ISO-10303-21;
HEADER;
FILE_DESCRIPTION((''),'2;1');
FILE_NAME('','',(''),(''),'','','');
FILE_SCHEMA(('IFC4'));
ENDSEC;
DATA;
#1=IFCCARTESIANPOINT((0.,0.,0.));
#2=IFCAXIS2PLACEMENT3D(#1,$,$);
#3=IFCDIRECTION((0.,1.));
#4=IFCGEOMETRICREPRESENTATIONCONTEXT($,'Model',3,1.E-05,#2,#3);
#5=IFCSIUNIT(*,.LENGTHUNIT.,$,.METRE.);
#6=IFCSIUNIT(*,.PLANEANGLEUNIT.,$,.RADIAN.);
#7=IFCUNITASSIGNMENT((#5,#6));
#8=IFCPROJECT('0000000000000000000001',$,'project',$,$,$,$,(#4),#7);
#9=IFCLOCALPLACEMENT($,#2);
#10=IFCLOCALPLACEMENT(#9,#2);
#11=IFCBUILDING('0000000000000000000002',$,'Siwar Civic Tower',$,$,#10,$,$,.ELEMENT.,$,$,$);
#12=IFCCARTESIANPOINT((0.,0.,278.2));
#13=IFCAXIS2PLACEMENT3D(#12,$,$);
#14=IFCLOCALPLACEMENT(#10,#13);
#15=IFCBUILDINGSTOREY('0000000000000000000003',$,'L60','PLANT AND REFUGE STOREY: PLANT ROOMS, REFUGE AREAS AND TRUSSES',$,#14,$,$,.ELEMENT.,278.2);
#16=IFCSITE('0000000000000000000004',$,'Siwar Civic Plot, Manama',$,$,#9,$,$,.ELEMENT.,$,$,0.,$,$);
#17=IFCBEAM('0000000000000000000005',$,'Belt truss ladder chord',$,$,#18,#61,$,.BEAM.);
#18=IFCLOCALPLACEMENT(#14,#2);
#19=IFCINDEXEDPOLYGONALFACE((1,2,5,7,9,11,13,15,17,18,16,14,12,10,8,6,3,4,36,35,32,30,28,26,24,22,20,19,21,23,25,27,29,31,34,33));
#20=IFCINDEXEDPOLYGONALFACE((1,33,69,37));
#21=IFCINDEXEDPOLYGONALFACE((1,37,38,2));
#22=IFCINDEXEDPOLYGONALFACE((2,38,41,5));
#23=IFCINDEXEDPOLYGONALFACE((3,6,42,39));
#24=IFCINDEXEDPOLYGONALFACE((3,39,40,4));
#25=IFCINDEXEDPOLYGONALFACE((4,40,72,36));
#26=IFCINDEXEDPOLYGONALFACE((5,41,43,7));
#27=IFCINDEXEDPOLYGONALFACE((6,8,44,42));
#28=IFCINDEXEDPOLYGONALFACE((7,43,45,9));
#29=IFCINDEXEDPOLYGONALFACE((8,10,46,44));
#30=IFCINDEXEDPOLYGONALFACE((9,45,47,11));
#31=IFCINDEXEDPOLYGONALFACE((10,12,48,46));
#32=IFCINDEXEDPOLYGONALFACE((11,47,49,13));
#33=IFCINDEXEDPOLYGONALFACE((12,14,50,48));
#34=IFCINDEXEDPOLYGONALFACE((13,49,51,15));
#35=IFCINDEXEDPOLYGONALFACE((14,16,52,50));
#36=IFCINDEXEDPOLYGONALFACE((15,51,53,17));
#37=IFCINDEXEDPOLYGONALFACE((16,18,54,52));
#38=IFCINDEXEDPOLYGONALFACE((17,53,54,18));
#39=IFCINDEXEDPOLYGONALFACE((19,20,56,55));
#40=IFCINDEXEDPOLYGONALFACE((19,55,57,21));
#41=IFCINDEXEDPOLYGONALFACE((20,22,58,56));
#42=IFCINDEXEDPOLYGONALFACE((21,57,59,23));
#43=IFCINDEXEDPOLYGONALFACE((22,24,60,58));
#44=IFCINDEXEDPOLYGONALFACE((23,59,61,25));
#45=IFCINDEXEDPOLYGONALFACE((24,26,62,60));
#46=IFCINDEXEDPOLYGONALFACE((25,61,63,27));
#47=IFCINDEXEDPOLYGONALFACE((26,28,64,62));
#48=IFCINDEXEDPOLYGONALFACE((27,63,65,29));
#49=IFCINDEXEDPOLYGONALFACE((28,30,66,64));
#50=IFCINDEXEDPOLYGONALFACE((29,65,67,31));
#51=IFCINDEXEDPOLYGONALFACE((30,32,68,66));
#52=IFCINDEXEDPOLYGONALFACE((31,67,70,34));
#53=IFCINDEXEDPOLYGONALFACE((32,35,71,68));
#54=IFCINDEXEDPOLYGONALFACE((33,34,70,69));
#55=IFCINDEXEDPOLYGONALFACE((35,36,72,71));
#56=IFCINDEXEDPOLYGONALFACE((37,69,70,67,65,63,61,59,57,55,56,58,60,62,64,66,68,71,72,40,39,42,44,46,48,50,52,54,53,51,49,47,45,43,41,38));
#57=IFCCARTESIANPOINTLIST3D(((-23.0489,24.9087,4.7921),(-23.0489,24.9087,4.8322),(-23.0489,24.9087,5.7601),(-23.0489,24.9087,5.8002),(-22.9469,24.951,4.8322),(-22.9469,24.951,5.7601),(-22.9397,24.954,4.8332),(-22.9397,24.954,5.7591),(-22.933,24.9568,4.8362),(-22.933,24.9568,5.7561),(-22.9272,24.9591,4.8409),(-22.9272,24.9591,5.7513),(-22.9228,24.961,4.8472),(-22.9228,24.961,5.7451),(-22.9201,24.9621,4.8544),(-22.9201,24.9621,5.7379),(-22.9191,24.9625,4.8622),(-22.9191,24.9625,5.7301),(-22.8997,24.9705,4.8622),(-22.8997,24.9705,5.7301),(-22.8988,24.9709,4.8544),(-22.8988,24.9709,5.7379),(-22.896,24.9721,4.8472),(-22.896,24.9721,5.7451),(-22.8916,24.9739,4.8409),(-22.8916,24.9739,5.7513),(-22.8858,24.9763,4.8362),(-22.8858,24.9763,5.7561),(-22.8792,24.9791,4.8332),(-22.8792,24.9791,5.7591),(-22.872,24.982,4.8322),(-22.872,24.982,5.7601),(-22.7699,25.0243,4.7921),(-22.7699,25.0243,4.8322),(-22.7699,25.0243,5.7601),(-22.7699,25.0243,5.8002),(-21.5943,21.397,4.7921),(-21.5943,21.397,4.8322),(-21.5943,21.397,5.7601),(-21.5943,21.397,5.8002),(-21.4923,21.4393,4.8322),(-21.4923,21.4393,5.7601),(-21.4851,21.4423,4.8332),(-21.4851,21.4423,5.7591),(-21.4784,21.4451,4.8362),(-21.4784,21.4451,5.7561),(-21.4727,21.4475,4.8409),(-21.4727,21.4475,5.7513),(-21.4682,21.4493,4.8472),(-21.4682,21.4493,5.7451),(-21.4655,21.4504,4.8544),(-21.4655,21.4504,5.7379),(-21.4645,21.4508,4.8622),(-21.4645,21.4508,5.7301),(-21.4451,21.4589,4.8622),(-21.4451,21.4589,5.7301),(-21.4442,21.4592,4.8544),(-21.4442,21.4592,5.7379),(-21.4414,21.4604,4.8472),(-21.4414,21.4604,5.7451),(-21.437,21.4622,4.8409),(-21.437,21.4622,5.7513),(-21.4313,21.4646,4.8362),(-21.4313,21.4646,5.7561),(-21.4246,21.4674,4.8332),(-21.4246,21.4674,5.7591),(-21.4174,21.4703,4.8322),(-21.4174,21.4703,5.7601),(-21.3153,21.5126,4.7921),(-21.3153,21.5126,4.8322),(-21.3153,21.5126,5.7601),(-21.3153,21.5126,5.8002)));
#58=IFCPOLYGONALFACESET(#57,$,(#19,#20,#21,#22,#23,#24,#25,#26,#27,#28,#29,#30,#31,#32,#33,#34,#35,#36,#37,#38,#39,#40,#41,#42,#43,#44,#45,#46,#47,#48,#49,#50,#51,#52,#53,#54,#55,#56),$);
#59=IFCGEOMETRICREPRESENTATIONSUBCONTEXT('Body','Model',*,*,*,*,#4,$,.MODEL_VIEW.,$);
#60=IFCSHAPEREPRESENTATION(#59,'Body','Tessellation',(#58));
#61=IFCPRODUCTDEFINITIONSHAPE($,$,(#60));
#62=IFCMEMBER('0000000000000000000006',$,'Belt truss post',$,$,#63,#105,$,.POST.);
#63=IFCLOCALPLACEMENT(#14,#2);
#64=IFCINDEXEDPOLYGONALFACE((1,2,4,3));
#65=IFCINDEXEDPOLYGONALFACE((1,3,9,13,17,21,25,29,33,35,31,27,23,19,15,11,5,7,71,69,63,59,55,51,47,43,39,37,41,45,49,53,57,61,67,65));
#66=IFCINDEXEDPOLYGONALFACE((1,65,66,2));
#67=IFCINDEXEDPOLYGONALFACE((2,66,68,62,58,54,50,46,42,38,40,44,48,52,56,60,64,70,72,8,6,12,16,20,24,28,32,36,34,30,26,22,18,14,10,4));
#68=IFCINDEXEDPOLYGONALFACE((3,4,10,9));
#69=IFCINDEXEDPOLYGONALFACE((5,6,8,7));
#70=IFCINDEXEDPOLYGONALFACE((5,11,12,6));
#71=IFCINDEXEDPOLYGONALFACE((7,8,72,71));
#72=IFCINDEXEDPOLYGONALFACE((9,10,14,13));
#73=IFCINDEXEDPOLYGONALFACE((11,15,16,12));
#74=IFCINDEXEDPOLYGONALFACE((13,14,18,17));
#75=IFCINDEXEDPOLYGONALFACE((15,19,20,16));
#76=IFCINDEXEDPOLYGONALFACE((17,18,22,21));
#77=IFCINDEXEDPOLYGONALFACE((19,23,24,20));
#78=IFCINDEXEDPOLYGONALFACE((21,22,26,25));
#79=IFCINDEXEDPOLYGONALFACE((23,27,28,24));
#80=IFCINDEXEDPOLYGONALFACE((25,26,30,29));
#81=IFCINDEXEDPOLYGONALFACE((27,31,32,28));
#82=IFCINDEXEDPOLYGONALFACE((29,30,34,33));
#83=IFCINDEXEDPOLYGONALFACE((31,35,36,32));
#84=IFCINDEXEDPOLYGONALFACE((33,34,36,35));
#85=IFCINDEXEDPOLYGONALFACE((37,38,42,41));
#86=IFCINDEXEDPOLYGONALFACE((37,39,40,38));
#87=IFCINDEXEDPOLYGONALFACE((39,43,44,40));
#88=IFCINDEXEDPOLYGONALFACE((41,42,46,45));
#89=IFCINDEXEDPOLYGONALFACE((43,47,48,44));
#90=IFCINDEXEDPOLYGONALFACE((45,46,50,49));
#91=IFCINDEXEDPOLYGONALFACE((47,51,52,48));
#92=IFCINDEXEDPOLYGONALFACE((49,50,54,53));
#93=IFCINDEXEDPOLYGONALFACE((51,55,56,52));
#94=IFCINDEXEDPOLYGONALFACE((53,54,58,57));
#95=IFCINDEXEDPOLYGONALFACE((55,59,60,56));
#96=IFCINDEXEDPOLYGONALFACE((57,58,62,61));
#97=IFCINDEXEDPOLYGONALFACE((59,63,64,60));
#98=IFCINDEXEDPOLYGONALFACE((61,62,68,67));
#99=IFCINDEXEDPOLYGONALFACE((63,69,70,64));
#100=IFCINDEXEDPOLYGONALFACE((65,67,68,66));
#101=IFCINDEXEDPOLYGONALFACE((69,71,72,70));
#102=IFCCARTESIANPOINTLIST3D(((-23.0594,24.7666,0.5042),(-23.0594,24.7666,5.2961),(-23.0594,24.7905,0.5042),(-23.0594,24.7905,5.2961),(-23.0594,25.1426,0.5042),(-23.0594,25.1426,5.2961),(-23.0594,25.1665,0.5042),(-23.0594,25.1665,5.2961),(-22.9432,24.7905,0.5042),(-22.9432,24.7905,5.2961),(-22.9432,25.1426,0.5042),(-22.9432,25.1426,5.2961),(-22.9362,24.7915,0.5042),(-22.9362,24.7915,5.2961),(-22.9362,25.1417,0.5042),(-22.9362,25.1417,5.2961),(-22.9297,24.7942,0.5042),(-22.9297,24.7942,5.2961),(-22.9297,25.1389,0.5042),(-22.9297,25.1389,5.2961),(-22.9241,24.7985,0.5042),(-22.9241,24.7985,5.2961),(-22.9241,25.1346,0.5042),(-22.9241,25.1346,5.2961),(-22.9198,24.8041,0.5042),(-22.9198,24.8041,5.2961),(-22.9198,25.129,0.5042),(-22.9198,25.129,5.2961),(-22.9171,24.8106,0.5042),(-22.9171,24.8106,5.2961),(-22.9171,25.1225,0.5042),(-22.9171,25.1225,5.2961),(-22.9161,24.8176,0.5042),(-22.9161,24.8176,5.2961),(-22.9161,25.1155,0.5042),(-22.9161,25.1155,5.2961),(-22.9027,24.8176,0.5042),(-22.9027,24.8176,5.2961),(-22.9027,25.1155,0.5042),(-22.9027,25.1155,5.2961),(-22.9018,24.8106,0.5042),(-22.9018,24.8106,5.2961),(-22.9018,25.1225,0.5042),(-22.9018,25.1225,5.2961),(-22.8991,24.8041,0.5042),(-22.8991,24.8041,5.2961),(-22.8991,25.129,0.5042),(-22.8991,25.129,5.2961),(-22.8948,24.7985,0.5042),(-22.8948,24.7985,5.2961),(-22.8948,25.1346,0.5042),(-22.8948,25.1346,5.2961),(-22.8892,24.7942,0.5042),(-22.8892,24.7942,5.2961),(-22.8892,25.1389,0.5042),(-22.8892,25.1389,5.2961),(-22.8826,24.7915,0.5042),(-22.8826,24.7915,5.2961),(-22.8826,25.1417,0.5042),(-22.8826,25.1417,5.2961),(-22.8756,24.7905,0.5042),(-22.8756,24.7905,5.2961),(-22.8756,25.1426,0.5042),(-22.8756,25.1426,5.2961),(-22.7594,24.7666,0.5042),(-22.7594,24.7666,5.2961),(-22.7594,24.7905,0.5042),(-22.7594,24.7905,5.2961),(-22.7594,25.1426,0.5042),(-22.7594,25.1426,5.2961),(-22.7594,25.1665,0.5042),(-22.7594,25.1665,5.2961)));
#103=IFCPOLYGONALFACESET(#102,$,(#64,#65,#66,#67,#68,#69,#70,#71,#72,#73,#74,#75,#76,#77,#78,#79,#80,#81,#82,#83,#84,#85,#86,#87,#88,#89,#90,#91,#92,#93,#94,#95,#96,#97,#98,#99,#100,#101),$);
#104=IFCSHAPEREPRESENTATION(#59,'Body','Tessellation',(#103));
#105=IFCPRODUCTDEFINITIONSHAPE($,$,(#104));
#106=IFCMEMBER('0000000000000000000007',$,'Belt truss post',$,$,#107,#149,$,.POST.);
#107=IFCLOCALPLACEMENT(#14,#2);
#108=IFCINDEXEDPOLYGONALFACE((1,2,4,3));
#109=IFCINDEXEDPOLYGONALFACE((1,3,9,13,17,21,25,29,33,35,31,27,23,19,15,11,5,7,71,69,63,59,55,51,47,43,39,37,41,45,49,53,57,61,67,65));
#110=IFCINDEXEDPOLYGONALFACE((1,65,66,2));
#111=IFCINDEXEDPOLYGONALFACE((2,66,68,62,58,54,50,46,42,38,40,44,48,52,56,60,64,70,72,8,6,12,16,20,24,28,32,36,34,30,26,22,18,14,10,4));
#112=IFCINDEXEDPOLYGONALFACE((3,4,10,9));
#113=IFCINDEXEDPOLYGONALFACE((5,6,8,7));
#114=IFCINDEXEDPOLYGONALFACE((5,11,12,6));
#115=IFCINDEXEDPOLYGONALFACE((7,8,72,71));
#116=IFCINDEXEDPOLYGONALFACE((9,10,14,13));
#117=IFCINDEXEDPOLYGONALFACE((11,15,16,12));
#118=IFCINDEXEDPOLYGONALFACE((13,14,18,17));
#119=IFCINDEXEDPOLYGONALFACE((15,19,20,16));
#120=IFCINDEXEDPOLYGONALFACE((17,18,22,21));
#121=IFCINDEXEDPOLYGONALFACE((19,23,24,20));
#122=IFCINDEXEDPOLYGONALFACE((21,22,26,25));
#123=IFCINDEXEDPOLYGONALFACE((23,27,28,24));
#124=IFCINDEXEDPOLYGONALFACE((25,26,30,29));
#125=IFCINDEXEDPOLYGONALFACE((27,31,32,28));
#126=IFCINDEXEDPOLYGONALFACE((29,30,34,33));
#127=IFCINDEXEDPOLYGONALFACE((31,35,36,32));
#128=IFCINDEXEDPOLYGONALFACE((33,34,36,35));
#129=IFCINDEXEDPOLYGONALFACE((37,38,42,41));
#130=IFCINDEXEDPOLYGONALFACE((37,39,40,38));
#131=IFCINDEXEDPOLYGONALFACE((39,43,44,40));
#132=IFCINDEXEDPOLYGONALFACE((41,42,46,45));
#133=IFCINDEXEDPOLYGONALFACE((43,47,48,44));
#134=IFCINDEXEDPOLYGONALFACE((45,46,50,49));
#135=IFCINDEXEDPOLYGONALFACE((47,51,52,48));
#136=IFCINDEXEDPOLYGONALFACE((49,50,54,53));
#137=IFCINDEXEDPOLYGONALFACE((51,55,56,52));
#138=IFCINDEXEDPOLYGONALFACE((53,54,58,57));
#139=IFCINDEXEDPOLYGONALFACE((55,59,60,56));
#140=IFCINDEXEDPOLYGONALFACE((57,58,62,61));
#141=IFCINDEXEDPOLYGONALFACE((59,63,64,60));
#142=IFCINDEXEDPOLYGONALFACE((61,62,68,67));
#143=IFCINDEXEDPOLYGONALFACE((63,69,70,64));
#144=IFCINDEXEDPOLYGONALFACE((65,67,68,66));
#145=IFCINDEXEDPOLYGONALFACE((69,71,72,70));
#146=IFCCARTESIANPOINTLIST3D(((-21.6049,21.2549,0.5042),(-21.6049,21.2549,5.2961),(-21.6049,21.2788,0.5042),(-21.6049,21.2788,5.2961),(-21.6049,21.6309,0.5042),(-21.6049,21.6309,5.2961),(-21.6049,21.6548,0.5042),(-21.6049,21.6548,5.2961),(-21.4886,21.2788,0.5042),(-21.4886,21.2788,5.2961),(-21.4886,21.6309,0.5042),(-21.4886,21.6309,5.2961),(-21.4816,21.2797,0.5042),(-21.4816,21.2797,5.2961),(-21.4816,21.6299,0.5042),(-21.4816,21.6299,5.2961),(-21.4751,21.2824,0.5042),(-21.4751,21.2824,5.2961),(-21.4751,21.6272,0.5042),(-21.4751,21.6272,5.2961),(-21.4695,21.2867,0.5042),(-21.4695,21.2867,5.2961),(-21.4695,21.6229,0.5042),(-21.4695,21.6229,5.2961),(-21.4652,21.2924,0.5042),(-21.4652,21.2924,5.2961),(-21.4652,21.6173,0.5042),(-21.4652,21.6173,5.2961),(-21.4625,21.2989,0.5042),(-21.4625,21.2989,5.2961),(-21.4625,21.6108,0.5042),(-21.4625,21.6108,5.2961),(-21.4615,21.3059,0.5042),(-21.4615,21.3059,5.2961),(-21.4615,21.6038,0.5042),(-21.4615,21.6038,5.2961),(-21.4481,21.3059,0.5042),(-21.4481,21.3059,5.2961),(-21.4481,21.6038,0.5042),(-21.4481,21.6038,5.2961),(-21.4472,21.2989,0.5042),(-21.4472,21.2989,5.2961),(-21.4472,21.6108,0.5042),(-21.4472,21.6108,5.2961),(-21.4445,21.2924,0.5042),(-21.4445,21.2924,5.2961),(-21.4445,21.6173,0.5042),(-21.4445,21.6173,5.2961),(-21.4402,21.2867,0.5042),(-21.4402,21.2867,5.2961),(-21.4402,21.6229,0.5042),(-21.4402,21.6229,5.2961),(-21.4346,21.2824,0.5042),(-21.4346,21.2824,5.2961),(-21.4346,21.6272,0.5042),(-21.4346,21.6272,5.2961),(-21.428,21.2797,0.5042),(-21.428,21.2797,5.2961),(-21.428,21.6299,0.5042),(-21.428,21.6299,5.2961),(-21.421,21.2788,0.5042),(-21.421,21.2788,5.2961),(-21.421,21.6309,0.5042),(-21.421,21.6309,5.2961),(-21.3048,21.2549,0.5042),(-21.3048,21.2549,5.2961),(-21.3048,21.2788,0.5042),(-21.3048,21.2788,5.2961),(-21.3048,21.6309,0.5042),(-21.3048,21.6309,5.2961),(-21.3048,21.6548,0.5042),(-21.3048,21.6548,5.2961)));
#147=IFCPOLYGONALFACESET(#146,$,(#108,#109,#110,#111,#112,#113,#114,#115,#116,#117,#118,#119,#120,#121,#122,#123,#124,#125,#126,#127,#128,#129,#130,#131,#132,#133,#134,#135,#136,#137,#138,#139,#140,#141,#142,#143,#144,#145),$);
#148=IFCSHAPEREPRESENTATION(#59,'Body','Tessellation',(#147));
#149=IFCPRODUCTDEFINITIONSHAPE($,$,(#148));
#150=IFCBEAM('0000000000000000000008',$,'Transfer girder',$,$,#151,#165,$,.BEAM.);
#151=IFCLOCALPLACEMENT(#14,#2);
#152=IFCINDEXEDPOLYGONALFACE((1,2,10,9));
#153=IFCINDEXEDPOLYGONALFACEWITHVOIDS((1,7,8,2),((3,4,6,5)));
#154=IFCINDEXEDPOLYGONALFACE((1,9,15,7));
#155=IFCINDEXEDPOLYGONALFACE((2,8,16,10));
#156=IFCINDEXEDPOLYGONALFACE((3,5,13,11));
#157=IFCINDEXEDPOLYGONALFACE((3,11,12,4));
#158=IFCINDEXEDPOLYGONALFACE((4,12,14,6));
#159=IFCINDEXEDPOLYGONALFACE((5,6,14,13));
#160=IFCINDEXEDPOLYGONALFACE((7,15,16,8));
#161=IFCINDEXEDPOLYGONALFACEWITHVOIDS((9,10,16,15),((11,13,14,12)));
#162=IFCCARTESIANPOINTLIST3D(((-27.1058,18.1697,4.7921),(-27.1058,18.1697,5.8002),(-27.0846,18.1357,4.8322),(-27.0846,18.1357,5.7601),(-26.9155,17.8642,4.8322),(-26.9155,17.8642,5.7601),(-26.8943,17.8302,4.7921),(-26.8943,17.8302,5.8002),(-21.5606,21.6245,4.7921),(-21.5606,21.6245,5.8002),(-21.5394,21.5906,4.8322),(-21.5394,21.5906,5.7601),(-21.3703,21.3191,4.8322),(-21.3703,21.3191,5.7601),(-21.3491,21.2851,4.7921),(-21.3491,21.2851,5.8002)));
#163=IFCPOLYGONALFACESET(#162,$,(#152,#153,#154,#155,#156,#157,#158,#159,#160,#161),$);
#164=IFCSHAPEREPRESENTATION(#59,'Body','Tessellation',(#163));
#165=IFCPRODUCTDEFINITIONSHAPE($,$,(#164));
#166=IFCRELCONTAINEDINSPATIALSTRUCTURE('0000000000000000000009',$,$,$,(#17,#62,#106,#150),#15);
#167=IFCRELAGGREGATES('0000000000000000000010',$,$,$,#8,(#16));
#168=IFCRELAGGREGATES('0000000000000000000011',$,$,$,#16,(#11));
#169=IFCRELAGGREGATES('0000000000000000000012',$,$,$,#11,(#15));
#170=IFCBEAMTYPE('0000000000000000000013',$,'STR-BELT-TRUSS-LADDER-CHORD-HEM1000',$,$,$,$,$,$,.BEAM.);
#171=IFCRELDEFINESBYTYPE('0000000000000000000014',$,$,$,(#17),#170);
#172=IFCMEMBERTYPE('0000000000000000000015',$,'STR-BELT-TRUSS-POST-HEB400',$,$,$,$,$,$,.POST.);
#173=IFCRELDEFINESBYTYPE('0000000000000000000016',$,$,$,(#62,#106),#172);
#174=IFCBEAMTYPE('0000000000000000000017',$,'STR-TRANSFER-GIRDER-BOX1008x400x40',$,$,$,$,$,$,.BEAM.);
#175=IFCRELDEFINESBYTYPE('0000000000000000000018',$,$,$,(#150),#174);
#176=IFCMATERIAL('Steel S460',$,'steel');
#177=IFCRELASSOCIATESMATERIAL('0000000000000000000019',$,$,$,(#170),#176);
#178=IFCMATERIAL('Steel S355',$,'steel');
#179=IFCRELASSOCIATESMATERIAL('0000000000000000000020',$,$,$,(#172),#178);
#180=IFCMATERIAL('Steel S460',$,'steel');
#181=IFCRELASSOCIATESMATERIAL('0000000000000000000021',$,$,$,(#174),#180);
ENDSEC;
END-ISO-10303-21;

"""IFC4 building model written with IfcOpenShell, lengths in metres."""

from ifc_helpers import new_model, si_unit, direction, frame, origin, origin_2d, place, context, subcontext, project, spatial, hollow_rectangle, i_section, extrude, material, material_profile, profile_set, type_object, element, save


model = new_model("IFC4")

# Units and contexts
model_context = context("Model", 3, precision=1e-05, world=origin(), true_north=direction((0.0, 1.0)))
body_context = subcontext(model_context, "Body", "Model", "MODEL_VIEW")
ifc_project = project(units=[si_unit("LENGTHUNIT", "METRE"), si_unit("PLANEANGLEUNIT", "RADIAN")], contexts=[model_context])

# Site, building, storey
site_placement = place(None, origin())
site = spatial("IfcSite", under=ifc_project, at=site_placement, Name="Siwar Civic Plot, Manama", CompositionType="ELEMENT", RefElevation=0.0)
building_placement = place(site_placement, origin())
building = spatial("IfcBuilding", under=site, at=building_placement, Name="Siwar Civic Tower", CompositionType="ELEMENT")
storey_placement = place(building_placement, frame((0.0, 0.0, 278.2)))
storey = spatial("IfcBuildingStorey", under=building, at=storey_placement, Name="L60", Description="PLANT AND REFUGE STOREY: PLANT ROOMS, REFUGE AREAS AND TRUSSES", CompositionType="ELEMENT", Elevation=278.2)

# Beam
ifc_material_1 = material(Name="Steel S460", Category="steel")
ifc_material_profile_1 = material_profile(ifc_material_1, i_section(OverallWidth=0.302, OverallDepth=1.0081, WebThickness=0.021, FlangeThickness=0.04, FilletRadius=0.03, at=origin_2d()), Name="HEM1000")
ifc_profile_set_1 = profile_set([ifc_material_profile_1], Name="Steel S460")
beam_type_1 = type_object("IfcBeamType", Name="STR-BELT-TRUSS-LADDER-CHORD-HEM1000", PredefinedType="BEAM", material=ifc_profile_set_1)
beam_1_placement = place(storey_placement, frame((-21.4548, 21.4548, 5.2961), z_axis=(-0.382681, 0.923881, 0.0), x_axis=(-0.923881, -0.382681, 0.0)))
element("IfcBeam", 1, at=beam_1_placement, inside=storey, type_object=beam_type_1, Name="Belt truss ladder chord", PredefinedType="BEAM", context=body_context, shape_type="SweptSolid", body=[
    extrude(i_section(OverallWidth=0.302, OverallDepth=1.0081, WebThickness=0.021, FlangeThickness=0.04, FilletRadius=0.03, at=origin_2d()), origin(), (0.0, 0.0, 1.0), 3.801),
])

# Members
ifc_material_2 = material(Name="Steel S355", Category="steel")
ifc_material_profile_2 = material_profile(ifc_material_2, i_section(OverallWidth=0.3, OverallDepth=0.3999, WebThickness=0.0134, FlangeThickness=0.0239, FilletRadius=0.0271, at=origin_2d()), Name="HEB400")
ifc_profile_set_2 = profile_set([ifc_material_profile_2], Name="Steel S355")
member_type_1 = type_object("IfcMemberType", Name="STR-BELT-TRUSS-POST-HEB400", PredefinedType="POST", material=ifc_profile_set_2)
for number, where, z_axis, x_axis, name in (
    (2, (-22.9094, 24.9666, 0.5042), (0.0, 0.0, 1.0), (1.0, 0.0, 0.0), "Belt truss post"),
    (3, (-21.4548, 21.4548, 0.5042), (0.0, 0.0, 1.0), (1.0, 0.0, 0.0), "Belt truss post"),
):
    element("IfcMember", number, at=place(storey_placement, frame(where, z_axis=z_axis, x_axis=x_axis)), inside=storey, type_object=member_type_1, Name=name, PredefinedType="POST", context=body_context, shape_type="SweptSolid", body=[
        extrude(i_section(OverallWidth=0.3, OverallDepth=0.3999, WebThickness=0.0134, FlangeThickness=0.0239, FilletRadius=0.0271, at=origin_2d()), origin(), (0.0, 0.0, 1.0), 4.792),
    ])

# Beam
ifc_material_3 = material(Name="Steel S460", Category="steel")
ifc_material_profile_3 = material_profile(ifc_material_3, hollow_rectangle(XDim=0.3999, YDim=1.0081, WallThickness=0.04, at=origin_2d()), Name="BOX1008x400x40")
ifc_profile_set_3 = profile_set([ifc_material_profile_3], Name="Steel S460")
beam_type_2 = type_object("IfcBeamType", Name="STR-TRANSFER-GIRDER-BOX1008x400x40", PredefinedType="BEAM", material=ifc_profile_set_3)
beam_2_placement = place(storey_placement, frame((-21.4548, 21.4548, 5.2961), z_axis=(-0.848747, -0.528799, 0.0), x_axis=(0.528799, -0.848747, 0.0)))
element("IfcBeam", 4, at=beam_2_placement, inside=storey, type_object=beam_type_2, Name="Transfer girder", PredefinedType="BEAM", context=body_context, shape_type="SweptSolid", body=[
    extrude(hollow_rectangle(XDim=0.3999, YDim=1.0081, WallThickness=0.04, at=origin_2d()), origin(), (0.0, 0.0, 1.0), 6.5334),
])

save(model, "model.ifc")
